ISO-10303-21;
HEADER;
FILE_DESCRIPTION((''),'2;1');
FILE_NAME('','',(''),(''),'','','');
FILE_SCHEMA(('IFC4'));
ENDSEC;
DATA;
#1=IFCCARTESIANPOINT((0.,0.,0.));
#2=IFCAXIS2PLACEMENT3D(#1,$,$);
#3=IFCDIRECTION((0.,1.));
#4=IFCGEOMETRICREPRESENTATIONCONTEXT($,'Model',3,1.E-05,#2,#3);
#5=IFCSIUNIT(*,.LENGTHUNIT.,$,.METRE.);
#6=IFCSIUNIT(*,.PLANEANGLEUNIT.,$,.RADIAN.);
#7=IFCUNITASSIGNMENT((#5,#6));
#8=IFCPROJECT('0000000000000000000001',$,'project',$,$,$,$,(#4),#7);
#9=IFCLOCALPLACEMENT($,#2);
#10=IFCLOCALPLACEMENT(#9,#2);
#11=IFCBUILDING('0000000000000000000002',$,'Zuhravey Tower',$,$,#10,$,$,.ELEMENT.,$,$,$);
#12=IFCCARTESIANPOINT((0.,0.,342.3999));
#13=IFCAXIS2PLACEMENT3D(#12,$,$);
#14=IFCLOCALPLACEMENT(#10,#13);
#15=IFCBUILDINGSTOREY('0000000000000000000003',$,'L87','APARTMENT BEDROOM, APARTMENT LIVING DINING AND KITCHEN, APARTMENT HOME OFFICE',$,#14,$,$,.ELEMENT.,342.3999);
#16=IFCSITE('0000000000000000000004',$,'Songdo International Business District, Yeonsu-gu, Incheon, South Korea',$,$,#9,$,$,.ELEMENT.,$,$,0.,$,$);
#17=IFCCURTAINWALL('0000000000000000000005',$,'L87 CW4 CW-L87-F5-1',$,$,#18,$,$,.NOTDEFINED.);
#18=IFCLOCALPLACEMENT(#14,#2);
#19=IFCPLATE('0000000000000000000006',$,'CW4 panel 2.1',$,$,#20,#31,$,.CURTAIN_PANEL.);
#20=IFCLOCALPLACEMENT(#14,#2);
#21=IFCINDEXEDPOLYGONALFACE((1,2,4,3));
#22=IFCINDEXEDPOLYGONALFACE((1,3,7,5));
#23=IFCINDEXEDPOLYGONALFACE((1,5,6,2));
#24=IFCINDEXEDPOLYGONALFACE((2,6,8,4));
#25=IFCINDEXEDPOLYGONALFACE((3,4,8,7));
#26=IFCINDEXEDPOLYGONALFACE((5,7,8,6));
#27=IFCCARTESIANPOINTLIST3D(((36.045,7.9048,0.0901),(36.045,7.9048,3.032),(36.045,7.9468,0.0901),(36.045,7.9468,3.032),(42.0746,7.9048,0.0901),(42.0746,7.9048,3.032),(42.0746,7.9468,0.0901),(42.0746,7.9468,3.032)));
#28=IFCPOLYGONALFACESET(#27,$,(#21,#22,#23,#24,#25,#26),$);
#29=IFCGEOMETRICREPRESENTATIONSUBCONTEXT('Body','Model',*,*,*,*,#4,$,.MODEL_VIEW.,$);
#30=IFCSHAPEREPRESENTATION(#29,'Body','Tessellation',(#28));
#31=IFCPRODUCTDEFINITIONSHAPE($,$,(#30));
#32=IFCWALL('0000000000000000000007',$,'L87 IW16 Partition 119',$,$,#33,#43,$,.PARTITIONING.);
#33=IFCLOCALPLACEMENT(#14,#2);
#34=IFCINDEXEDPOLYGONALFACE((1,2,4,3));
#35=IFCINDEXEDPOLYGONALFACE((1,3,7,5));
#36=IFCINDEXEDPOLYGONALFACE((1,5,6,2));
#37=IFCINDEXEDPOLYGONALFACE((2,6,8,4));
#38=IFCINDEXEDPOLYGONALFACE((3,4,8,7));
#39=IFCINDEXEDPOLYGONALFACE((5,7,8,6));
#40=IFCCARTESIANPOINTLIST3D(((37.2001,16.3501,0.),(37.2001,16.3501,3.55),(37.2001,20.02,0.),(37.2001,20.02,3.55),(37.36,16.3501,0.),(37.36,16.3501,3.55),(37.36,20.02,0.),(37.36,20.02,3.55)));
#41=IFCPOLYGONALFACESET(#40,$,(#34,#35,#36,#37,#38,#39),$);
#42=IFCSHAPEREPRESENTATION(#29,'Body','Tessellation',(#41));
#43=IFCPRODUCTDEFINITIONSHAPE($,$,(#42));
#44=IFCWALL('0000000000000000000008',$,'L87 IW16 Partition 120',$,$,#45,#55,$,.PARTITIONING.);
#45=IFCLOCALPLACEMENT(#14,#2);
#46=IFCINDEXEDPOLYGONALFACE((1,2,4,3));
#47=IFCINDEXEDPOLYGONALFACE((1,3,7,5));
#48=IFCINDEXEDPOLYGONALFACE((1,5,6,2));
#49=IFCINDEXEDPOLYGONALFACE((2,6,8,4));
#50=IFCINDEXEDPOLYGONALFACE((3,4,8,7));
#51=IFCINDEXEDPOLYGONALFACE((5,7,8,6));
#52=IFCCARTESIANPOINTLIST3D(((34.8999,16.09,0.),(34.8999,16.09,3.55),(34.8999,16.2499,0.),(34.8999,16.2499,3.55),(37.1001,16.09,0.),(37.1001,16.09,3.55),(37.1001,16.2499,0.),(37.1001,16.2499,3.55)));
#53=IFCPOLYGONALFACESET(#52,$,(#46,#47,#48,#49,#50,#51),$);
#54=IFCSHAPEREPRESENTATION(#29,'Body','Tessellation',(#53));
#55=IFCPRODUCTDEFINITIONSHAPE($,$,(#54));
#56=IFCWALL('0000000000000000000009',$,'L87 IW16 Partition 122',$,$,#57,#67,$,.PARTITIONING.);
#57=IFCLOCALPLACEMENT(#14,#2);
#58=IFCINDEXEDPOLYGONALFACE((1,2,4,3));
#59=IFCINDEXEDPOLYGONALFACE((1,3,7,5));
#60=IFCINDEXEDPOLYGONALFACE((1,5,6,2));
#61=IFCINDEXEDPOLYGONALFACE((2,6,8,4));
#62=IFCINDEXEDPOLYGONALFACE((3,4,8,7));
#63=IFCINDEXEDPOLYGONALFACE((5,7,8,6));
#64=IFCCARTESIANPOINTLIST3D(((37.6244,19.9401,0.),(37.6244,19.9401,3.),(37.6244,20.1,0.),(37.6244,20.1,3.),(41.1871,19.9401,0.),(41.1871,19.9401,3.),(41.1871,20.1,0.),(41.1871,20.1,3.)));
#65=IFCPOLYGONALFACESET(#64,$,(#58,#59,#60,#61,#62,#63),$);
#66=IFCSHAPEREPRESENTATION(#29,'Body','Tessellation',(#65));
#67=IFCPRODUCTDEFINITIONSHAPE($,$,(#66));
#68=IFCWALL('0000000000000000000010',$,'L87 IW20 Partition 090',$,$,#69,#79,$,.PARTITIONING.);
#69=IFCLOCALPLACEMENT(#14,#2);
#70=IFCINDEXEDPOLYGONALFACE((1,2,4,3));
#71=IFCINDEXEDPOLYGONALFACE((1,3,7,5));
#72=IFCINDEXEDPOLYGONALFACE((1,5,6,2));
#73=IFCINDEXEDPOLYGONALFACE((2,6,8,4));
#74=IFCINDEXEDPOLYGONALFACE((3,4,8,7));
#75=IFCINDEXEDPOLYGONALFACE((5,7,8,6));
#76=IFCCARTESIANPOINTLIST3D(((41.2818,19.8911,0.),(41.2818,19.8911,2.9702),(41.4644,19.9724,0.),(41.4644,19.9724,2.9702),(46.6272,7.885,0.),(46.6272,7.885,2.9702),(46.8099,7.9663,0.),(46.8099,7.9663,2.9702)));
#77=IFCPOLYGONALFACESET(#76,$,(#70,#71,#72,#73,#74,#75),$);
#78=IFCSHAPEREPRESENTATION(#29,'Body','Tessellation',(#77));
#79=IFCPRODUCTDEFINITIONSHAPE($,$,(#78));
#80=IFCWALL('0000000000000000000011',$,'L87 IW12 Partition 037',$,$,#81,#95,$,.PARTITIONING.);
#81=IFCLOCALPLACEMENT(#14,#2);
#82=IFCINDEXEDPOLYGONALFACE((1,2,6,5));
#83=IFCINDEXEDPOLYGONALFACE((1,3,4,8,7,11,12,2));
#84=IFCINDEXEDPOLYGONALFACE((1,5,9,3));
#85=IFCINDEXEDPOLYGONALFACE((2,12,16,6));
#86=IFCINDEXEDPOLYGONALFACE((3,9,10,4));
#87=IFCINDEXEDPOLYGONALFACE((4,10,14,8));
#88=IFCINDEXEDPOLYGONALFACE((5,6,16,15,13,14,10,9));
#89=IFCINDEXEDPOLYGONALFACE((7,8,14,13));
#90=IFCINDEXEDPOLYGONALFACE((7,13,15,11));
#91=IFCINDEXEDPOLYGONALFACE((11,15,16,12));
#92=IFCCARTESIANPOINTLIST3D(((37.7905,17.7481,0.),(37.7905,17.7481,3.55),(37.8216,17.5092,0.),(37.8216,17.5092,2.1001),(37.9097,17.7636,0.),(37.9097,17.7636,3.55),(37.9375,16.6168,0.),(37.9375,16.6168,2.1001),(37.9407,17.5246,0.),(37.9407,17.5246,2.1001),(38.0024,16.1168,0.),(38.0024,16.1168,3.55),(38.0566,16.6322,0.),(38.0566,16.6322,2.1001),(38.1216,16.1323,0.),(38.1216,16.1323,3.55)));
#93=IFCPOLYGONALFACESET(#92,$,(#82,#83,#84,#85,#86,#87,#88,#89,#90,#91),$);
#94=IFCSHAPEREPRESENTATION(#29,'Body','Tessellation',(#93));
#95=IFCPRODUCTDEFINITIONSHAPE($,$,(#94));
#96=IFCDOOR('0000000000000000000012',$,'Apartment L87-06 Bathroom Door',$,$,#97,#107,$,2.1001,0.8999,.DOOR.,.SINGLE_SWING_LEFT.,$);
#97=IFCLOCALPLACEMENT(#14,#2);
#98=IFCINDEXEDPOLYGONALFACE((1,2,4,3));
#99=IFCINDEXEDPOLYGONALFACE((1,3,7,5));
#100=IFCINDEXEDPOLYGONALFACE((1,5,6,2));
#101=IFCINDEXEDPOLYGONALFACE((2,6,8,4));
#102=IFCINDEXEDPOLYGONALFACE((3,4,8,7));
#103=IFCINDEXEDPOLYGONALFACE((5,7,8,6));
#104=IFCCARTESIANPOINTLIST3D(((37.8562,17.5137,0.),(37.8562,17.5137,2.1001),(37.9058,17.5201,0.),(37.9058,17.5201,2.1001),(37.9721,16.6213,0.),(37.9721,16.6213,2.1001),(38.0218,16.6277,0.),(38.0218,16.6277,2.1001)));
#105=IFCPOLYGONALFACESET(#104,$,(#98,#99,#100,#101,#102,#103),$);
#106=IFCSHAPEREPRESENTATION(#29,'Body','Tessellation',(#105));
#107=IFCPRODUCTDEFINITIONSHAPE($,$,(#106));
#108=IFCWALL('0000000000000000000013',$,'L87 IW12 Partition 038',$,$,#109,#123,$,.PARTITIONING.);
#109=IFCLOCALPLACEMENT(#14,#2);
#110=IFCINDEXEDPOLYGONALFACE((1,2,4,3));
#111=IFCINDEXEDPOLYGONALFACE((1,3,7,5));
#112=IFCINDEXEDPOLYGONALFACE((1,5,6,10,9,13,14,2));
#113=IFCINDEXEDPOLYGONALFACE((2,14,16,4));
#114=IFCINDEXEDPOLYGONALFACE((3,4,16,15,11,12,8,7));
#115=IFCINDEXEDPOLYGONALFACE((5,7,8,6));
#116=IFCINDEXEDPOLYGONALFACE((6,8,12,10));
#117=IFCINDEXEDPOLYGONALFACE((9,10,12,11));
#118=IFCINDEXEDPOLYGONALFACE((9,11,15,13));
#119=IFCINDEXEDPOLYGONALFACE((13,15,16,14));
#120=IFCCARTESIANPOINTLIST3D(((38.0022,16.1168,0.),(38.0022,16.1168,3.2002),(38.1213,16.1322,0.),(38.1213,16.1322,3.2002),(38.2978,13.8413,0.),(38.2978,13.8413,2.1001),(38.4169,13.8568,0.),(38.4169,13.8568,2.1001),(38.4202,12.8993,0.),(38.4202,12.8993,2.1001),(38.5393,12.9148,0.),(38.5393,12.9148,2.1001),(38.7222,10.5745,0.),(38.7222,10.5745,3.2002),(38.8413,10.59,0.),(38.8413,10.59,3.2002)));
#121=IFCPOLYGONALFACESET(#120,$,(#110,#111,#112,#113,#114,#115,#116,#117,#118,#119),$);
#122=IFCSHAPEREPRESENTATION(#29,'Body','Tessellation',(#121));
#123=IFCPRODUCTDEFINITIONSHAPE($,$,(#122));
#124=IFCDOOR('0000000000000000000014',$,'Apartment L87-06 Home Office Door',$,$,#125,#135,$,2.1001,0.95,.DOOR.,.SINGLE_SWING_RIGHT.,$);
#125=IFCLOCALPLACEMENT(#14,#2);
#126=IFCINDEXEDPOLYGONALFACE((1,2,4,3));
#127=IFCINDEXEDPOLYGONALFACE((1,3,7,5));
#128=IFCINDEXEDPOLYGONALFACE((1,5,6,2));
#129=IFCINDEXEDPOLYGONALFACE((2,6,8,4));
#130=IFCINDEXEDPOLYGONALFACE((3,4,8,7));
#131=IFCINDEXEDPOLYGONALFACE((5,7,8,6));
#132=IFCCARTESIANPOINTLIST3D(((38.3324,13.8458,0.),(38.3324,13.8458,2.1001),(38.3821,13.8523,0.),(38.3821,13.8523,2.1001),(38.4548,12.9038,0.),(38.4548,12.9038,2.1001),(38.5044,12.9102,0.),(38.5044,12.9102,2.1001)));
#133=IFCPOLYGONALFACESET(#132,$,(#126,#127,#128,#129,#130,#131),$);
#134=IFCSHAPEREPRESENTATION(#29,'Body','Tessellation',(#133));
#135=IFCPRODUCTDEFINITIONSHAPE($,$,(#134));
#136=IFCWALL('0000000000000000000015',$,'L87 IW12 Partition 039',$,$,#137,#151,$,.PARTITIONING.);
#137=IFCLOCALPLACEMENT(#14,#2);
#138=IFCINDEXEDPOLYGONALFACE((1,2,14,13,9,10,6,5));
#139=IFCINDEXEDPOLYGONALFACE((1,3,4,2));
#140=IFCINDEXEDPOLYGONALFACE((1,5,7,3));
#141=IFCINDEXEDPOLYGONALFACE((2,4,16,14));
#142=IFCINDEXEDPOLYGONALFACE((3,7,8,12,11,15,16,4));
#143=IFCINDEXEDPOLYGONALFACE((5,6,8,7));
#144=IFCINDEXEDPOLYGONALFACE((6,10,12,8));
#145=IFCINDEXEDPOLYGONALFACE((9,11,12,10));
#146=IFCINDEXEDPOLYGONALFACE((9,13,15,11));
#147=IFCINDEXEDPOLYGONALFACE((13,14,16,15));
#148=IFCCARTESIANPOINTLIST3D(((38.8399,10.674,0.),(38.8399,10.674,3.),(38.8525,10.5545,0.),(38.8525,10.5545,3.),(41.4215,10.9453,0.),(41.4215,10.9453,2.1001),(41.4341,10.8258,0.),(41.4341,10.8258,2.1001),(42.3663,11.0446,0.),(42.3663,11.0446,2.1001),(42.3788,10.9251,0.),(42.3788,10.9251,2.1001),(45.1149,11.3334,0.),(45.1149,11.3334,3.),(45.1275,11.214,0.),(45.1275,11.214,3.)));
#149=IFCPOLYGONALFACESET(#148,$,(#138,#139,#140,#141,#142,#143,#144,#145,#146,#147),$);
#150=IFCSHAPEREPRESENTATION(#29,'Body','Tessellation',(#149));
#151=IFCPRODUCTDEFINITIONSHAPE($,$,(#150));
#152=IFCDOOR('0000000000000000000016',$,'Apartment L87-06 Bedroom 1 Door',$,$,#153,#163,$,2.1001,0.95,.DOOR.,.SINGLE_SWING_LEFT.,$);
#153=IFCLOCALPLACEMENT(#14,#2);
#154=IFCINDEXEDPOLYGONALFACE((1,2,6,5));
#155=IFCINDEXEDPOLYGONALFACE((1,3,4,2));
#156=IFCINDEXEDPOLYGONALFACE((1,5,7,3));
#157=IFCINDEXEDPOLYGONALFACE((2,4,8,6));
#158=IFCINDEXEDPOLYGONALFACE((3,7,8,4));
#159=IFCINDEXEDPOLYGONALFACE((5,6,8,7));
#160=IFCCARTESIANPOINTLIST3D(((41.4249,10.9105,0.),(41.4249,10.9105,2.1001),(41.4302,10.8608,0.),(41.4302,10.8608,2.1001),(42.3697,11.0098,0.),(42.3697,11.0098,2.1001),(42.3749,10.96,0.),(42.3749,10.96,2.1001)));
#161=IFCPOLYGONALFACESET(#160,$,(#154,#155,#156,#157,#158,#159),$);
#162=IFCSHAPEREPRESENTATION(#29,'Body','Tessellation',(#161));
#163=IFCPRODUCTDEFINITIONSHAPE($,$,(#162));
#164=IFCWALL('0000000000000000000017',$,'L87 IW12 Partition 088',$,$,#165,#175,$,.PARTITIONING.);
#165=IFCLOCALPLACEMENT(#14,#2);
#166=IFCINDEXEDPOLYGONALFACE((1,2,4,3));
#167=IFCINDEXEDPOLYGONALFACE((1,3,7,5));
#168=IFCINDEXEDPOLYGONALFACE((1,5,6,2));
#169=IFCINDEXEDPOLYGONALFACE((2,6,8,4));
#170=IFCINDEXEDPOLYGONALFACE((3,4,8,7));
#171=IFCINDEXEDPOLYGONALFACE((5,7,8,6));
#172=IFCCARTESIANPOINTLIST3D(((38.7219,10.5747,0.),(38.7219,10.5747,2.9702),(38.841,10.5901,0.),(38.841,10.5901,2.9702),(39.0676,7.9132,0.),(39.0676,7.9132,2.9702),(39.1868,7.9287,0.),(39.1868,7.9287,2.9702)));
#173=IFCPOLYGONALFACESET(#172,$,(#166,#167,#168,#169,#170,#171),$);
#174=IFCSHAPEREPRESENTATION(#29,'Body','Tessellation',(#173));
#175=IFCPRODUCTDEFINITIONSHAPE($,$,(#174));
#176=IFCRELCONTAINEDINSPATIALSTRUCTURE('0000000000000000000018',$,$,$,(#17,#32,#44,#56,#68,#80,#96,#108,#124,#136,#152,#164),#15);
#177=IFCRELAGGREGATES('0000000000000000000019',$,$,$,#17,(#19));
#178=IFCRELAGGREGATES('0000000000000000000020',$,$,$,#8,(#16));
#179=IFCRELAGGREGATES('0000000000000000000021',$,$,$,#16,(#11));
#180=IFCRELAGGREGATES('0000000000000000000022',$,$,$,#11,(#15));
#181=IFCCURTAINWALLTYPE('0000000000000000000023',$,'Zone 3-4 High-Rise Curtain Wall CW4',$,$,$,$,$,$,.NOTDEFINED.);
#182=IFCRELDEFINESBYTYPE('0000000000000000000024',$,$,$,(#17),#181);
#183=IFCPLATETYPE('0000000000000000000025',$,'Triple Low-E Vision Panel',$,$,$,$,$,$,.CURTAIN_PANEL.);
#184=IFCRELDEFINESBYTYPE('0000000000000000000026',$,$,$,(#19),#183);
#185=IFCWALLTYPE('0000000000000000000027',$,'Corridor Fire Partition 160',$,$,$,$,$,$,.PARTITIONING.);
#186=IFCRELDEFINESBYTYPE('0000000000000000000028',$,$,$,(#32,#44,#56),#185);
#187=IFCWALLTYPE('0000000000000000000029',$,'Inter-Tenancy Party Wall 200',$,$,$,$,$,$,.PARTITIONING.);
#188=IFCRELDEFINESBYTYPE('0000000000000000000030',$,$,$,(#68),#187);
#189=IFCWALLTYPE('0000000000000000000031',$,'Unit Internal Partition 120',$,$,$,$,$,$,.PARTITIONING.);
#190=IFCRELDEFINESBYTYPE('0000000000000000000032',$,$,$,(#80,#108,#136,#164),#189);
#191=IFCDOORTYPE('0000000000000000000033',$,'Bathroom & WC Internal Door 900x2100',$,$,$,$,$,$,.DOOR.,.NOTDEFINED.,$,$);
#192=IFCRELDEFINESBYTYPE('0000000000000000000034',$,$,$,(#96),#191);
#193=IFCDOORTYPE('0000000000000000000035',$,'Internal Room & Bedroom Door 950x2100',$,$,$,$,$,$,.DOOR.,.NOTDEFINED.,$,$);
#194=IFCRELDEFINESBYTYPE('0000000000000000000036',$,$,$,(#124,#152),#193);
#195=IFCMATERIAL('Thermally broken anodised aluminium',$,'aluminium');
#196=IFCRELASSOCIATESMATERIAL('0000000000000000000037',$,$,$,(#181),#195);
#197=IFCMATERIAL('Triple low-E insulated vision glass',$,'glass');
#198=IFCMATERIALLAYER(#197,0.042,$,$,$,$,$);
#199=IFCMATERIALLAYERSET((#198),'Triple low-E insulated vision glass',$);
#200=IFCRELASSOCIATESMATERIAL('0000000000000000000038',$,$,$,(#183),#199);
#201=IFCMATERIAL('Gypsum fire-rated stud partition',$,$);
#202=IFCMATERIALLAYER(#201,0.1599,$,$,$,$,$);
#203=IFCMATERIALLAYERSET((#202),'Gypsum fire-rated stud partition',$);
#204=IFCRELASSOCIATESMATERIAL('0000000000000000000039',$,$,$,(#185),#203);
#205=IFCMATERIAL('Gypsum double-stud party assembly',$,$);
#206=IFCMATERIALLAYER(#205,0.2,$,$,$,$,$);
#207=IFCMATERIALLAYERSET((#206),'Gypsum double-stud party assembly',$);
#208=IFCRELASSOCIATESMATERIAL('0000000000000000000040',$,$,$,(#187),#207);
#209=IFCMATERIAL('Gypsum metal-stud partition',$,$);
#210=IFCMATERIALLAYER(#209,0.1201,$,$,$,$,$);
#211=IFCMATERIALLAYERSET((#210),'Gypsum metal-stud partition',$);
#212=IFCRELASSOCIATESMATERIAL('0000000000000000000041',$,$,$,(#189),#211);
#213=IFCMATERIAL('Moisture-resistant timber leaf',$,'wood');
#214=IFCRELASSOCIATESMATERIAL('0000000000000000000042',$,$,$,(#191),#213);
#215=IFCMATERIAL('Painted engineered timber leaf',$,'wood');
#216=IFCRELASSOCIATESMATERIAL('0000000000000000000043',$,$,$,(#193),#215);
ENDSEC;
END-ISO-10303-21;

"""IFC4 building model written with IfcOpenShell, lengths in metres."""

from ifc_helpers import new_model, si_unit, direction, frame, frame_2d, origin, origin_2d, place, context, subcontext, project, spatial, rectangle, extrude, material, layer, layer_set, type_object, element, fill, aggregate, save


model = new_model("IFC4")

# Units and contexts
model_context = context("Model", 3, precision=1e-05, world=origin(), true_north=direction((0.0, 1.0)))
body_context = subcontext(model_context, "Body", "Model", "MODEL_VIEW")
ifc_project = project(units=[si_unit("LENGTHUNIT", "METRE"), si_unit("PLANEANGLEUNIT", "RADIAN")], contexts=[model_context])

# Site, building, storey
site_placement = place(None, origin())
site = spatial("IfcSite", under=ifc_project, at=site_placement, Name="Songdo International Business District, Yeonsu-gu, Incheon, South Korea", CompositionType="ELEMENT", RefElevation=0.0)
building_placement = place(site_placement, origin())
building = spatial("IfcBuilding", under=site, at=building_placement, Name="Zuhravey Tower", CompositionType="ELEMENT")
storey_placement = place(building_placement, frame((0.0, 0.0, 342.3999)))
storey = spatial("IfcBuildingStorey", under=building, at=storey_placement, Name="L87", Description="APARTMENT BEDROOM, APARTMENT LIVING DINING AND KITCHEN, APARTMENT HOME OFFICE", CompositionType="ELEMENT", Elevation=342.3999)

# Curtain wall
ifc_material_1 = material(Name="Thermally broken anodised aluminium", Category="aluminium")
curtain_wall_type = type_object("IfcCurtainWallType", Name="Zone 3-4 High-Rise Curtain Wall CW4", PredefinedType="NOTDEFINED", material=ifc_material_1)
curtain_wall_placement = place(storey_placement, origin())
curtain_wall = element("IfcCurtainWall", 1, at=curtain_wall_placement, inside=storey, type_object=curtain_wall_type, Name="L87 CW4 CW-L87-F5-1", PredefinedType="NOTDEFINED")

# Plate
ifc_material_2 = material(Name="Triple low-E insulated vision glass", Category="glass")
ifc_layer_1 = layer(ifc_material_2, 0.042)
ifc_layer_set_1 = layer_set([ifc_layer_1], Name="Triple low-E insulated vision glass")
plate_type = type_object("IfcPlateType", Name="Triple Low-E Vision Panel", PredefinedType="CURTAIN_PANEL", material=ifc_layer_set_1)
plate_1_placement = place(storey_placement, frame((39.0598, 7.9258, 0.0901), z_axis=(0.0, 0.0, 1.0), x_axis=(-1.0, 0.0, 0.0)))
plate_1 = element("IfcPlate", 2, at=plate_1_placement, type_object=plate_type, Name="CW4 panel 2.1", PredefinedType="CURTAIN_PANEL", context=body_context, shape_type="SweptSolid", body=[
    extrude(rectangle(XDim=6.0295, YDim=0.042, at=origin_2d()), origin(), (0.0, 0.0, 1.0), 2.9419),
])
aggregate(curtain_wall, [plate_1])

# Shared definitions
ifc_material_3 = material(Name="Gypsum fire-rated stud partition")
ifc_layer_2 = layer(ifc_material_3, 0.1599)
ifc_layer_set_2 = layer_set([ifc_layer_2], Name="Gypsum fire-rated stud partition")
wall_type_1 = type_object("IfcWallType", Name="Corridor Fire Partition 160", PredefinedType="PARTITIONING", material=ifc_layer_set_2)

# Walls
wall_1_placement = place(storey_placement, frame((37.28, 16.3501, 0.0), z_axis=(0.0, 0.0, 1.0), x_axis=(0.0, 1.0, 0.0)))
element("IfcWall", 3, at=wall_1_placement, inside=storey, type_object=wall_type_1, Name="L87 IW16 Partition 119", PredefinedType="PARTITIONING", context=body_context, shape_type="SweptSolid", body=[
    extrude(rectangle(XDim=3.6699, YDim=0.1599, at=frame_2d((1.835, 0.0))), origin(), (0.0, 0.0, 1.0), 3.55),
])
wall_2_placement = place(storey_placement, frame((34.8999, 16.1699, 0.0), z_axis=(0.0, 0.0, 1.0), x_axis=(1.0, 0.0, 0.0)))
element("IfcWall", 4, at=wall_2_placement, inside=storey, type_object=wall_type_1, Name="L87 IW16 Partition 120", PredefinedType="PARTITIONING", context=body_context, shape_type="SweptSolid", body=[
    extrude(rectangle(XDim=2.2002, YDim=0.1599, at=frame_2d((1.1001, 0.0))), origin(), (0.0, 0.0, 1.0), 3.55),
])
wall_3_placement = place(storey_placement, frame((37.6245, 20.02, 0.0), z_axis=(0.0, 0.0, 1.0), x_axis=(1.0, 0.0, 0.0)))
element("IfcWall", 5, at=wall_3_placement, inside=storey, type_object=wall_type_1, Name="L87 IW16 Partition 122", PredefinedType="PARTITIONING", context=body_context, shape_type="SweptSolid", body=[
    extrude(rectangle(XDim=3.5627, YDim=0.1599, at=frame_2d((1.7812, 0.0))), origin(), (0.0, 0.0, 1.0), 3.0),
])
ifc_material_4 = material(Name="Gypsum double-stud party assembly")
ifc_layer_3 = layer(ifc_material_4, 0.2)
ifc_layer_set_3 = layer_set([ifc_layer_3], Name="Gypsum double-stud party assembly")
wall_type_2 = type_object("IfcWallType", Name="Inter-Tenancy Party Wall 200", PredefinedType="PARTITIONING", material=ifc_layer_set_3)
wall_4_placement = place(storey_placement, frame((41.373, 19.9319, 0.0), z_axis=(0.0, 0.0, 1.0), x_axis=(0.406736, -0.913546, 0.0)))
element("IfcWall", 6, at=wall_4_placement, inside=storey, type_object=wall_type_2, Name="L87 IW20 Partition 090", PredefinedType="PARTITIONING", context=body_context, shape_type="SweptSolid", body=[
    extrude(rectangle(XDim=13.1423, YDim=0.2, at=frame_2d((6.5713, 0.0))), origin(), (0.0, 0.0, 1.0), 2.9702),
])

# Walls, openings, doors
ifc_material_5 = material(Name="Gypsum metal-stud partition")
ifc_layer_4 = layer(ifc_material_5, 0.1201)
ifc_layer_set_4 = layer_set([ifc_layer_4], Name="Gypsum metal-stud partition")
wall_type_3 = type_object("IfcWallType", Name="Unit Internal Partition 120", PredefinedType="PARTITIONING", material=ifc_layer_set_4)
wall_5_placement = place(storey_placement, frame((37.8501, 17.7559, 0.0), z_axis=(0.0, 0.0, 1.0), x_axis=(0.128819, -0.991668, 0.0)))
wall_5 = element("IfcWall", 7, at=wall_5_placement, inside=storey, type_object=wall_type_3, Name="L87 IW12 Partition 037", PredefinedType="PARTITIONING", context=body_context, shape_type="SweptSolid", body=[
    extrude(rectangle(XDim=1.645, YDim=0.1201, at=frame_2d((0.8225, 0.0))), origin(), (0.0, 0.0, 1.0), 3.55),
])
opening_1_placement = place(wall_5_placement, frame((0.241, 0.0, 0.0)))
opening_1 = element("IfcOpeningElement", 8, at=opening_1_placement, cuts=wall_5, PredefinedType="OPENING", context=body_context, shape_type="SweptSolid", body=[
    extrude(rectangle(XDim=0.8999, YDim=2.1001, at=frame_2d((0.45, 1.05))), frame((0.0, 0.072, 0.0), z_axis=(0.0, -1.0, 0.0), x_axis=(1.0, 0.0, 0.0)), (0.0, 0.0, 1.0), 0.144),
])
ifc_material_6 = material(Name="Moisture-resistant timber leaf", Category="wood")
door_type_1 = type_object("IfcDoorType", Name="Bathroom & WC Internal Door 900x2100", OperationType="NOTDEFINED", PredefinedType="DOOR", material=ifc_material_6)
door_1_placement = place(opening_1_placement, origin())
door_1 = element("IfcDoor", 9, at=door_1_placement, inside=storey, type_object=door_type_1, Name="Apartment L87-06 Bathroom Door", OperationType="SINGLE_SWING_LEFT", OverallHeight=2.1001, OverallWidth=0.8999, PredefinedType="DOOR", context=body_context, shape_type="SweptSolid", body=[
    extrude(rectangle(XDim=0.8999, YDim=2.1001, at=frame_2d((0.45, 1.05))), frame((0.0, 0.0249, 0.0), z_axis=(0.0, -1.0, 0.0), x_axis=(1.0, 0.0, 0.0)), (0.0, 0.0, 1.0), 0.05),
])
fill(opening_1, door_1)
wall_6_placement = place(storey_placement, frame((38.0618, 16.1245, 0.0), z_axis=(0.0, 0.0, 1.0), x_axis=(0.128824, -0.991668, 0.0)))
wall_6 = element("IfcWall", 10, at=wall_6_placement, inside=storey, type_object=wall_type_3, Name="L87 IW12 Partition 038", PredefinedType="PARTITIONING", context=body_context, shape_type="SweptSolid", body=[
    extrude(rectangle(XDim=5.5889, YDim=0.1201, at=frame_2d((2.7944, 0.0))), origin(), (0.0, 0.0, 1.0), 3.2002),
])
opening_2_placement = place(wall_6_placement, frame((2.2944, 0.0, 0.0)))
opening_2 = element("IfcOpeningElement", 11, at=opening_2_placement, cuts=wall_6, PredefinedType="OPENING", context=body_context, shape_type="SweptSolid", body=[
    extrude(rectangle(XDim=0.95, YDim=2.1001, at=frame_2d((0.4751, 1.05))), frame((0.0, 0.072, 0.0), z_axis=(0.0, -1.0, 0.0), x_axis=(1.0, 0.0, 0.0)), (0.0, 0.0, 1.0), 0.144),
])
ifc_material_7 = material(Name="Painted engineered timber leaf", Category="wood")
door_type_2 = type_object("IfcDoorType", Name="Internal Room & Bedroom Door 950x2100", OperationType="NOTDEFINED", PredefinedType="DOOR", material=ifc_material_7)
door_2_placement = place(opening_2_placement, origin())
door_2 = element("IfcDoor", 12, at=door_2_placement, inside=storey, type_object=door_type_2, Name="Apartment L87-06 Home Office Door", OperationType="SINGLE_SWING_RIGHT", OverallHeight=2.1001, OverallWidth=0.95, PredefinedType="DOOR", context=body_context, shape_type="SweptSolid", body=[
    extrude(rectangle(XDim=0.95, YDim=2.1001, at=frame_2d((0.4751, 1.05))), frame((0.0, 0.0249, 0.0), z_axis=(0.0, -1.0, 0.0), x_axis=(1.0, 0.0, 0.0)), (0.0, 0.0, 1.0), 0.05),
])
fill(opening_2, door_2)
wall_7_placement = place(storey_placement, frame((38.8462, 10.6143, 0.0), z_axis=(0.0, 0.0, 1.0), x_axis=(0.994523, 0.104514, 0.0)))
wall_7 = element("IfcWall", 13, at=wall_7_placement, inside=storey, type_object=wall_type_3, Name="L87 IW12 Partition 039", PredefinedType="PARTITIONING", context=body_context, shape_type="SweptSolid", body=[
    extrude(rectangle(XDim=6.3096, YDim=0.1201, at=frame_2d((3.1548, 0.0))), origin(), (0.0, 0.0, 1.0), 3.0),
])
opening_3_placement = place(wall_7_placement, frame((2.5957, 0.0, 0.0)))
opening_3 = element("IfcOpeningElement", 14, at=opening_3_placement, cuts=wall_7, PredefinedType="OPENING", context=body_context, shape_type="SweptSolid", body=[
    extrude(rectangle(XDim=0.95, YDim=2.1001, at=frame_2d((0.4751, 1.05))), frame((0.0, 0.072, 0.0), z_axis=(0.0, -1.0, 0.0), x_axis=(1.0, 0.0, 0.0)), (0.0, 0.0, 1.0), 0.144),
])
door_3_placement = place(opening_3_placement, frame((0.95, 0.0, 0.0), z_axis=(0.0, 0.0, 1.0), x_axis=(-1.0, 0.0, 0.0)))
door_3 = element("IfcDoor", 15, at=door_3_placement, inside=storey, type_object=door_type_2, Name="Apartment L87-06 Bedroom 1 Door", OperationType="SINGLE_SWING_LEFT", OverallHeight=2.1001, OverallWidth=0.95, PredefinedType="DOOR", context=body_context, shape_type="SweptSolid", body=[
    extrude(rectangle(XDim=0.95, YDim=2.1001, at=frame_2d((0.4751, 1.05))), frame((0.0, 0.0249, 0.0), z_axis=(0.0, -1.0, 0.0), x_axis=(1.0, 0.0, 0.0)), (0.0, 0.0, 1.0), 0.05),
])
fill(opening_3, door_3)

# Wall
wall_8_placement = place(storey_placement, frame((38.7815, 10.5823, 0.0), z_axis=(0.0, 0.0, 1.0), x_axis=(0.128814, -0.991669, 0.0)))
element("IfcWall", 16, at=wall_8_placement, inside=storey, type_object=wall_type_3, Name="L87 IW12 Partition 088", PredefinedType="PARTITIONING", context=body_context, shape_type="SweptSolid", body=[
    extrude(rectangle(XDim=2.6838, YDim=0.1201, at=frame_2d((1.3418, 0.0))), origin(), (0.0, 0.0, 1.0), 2.9702),
])

save(model, "model.ifc")
